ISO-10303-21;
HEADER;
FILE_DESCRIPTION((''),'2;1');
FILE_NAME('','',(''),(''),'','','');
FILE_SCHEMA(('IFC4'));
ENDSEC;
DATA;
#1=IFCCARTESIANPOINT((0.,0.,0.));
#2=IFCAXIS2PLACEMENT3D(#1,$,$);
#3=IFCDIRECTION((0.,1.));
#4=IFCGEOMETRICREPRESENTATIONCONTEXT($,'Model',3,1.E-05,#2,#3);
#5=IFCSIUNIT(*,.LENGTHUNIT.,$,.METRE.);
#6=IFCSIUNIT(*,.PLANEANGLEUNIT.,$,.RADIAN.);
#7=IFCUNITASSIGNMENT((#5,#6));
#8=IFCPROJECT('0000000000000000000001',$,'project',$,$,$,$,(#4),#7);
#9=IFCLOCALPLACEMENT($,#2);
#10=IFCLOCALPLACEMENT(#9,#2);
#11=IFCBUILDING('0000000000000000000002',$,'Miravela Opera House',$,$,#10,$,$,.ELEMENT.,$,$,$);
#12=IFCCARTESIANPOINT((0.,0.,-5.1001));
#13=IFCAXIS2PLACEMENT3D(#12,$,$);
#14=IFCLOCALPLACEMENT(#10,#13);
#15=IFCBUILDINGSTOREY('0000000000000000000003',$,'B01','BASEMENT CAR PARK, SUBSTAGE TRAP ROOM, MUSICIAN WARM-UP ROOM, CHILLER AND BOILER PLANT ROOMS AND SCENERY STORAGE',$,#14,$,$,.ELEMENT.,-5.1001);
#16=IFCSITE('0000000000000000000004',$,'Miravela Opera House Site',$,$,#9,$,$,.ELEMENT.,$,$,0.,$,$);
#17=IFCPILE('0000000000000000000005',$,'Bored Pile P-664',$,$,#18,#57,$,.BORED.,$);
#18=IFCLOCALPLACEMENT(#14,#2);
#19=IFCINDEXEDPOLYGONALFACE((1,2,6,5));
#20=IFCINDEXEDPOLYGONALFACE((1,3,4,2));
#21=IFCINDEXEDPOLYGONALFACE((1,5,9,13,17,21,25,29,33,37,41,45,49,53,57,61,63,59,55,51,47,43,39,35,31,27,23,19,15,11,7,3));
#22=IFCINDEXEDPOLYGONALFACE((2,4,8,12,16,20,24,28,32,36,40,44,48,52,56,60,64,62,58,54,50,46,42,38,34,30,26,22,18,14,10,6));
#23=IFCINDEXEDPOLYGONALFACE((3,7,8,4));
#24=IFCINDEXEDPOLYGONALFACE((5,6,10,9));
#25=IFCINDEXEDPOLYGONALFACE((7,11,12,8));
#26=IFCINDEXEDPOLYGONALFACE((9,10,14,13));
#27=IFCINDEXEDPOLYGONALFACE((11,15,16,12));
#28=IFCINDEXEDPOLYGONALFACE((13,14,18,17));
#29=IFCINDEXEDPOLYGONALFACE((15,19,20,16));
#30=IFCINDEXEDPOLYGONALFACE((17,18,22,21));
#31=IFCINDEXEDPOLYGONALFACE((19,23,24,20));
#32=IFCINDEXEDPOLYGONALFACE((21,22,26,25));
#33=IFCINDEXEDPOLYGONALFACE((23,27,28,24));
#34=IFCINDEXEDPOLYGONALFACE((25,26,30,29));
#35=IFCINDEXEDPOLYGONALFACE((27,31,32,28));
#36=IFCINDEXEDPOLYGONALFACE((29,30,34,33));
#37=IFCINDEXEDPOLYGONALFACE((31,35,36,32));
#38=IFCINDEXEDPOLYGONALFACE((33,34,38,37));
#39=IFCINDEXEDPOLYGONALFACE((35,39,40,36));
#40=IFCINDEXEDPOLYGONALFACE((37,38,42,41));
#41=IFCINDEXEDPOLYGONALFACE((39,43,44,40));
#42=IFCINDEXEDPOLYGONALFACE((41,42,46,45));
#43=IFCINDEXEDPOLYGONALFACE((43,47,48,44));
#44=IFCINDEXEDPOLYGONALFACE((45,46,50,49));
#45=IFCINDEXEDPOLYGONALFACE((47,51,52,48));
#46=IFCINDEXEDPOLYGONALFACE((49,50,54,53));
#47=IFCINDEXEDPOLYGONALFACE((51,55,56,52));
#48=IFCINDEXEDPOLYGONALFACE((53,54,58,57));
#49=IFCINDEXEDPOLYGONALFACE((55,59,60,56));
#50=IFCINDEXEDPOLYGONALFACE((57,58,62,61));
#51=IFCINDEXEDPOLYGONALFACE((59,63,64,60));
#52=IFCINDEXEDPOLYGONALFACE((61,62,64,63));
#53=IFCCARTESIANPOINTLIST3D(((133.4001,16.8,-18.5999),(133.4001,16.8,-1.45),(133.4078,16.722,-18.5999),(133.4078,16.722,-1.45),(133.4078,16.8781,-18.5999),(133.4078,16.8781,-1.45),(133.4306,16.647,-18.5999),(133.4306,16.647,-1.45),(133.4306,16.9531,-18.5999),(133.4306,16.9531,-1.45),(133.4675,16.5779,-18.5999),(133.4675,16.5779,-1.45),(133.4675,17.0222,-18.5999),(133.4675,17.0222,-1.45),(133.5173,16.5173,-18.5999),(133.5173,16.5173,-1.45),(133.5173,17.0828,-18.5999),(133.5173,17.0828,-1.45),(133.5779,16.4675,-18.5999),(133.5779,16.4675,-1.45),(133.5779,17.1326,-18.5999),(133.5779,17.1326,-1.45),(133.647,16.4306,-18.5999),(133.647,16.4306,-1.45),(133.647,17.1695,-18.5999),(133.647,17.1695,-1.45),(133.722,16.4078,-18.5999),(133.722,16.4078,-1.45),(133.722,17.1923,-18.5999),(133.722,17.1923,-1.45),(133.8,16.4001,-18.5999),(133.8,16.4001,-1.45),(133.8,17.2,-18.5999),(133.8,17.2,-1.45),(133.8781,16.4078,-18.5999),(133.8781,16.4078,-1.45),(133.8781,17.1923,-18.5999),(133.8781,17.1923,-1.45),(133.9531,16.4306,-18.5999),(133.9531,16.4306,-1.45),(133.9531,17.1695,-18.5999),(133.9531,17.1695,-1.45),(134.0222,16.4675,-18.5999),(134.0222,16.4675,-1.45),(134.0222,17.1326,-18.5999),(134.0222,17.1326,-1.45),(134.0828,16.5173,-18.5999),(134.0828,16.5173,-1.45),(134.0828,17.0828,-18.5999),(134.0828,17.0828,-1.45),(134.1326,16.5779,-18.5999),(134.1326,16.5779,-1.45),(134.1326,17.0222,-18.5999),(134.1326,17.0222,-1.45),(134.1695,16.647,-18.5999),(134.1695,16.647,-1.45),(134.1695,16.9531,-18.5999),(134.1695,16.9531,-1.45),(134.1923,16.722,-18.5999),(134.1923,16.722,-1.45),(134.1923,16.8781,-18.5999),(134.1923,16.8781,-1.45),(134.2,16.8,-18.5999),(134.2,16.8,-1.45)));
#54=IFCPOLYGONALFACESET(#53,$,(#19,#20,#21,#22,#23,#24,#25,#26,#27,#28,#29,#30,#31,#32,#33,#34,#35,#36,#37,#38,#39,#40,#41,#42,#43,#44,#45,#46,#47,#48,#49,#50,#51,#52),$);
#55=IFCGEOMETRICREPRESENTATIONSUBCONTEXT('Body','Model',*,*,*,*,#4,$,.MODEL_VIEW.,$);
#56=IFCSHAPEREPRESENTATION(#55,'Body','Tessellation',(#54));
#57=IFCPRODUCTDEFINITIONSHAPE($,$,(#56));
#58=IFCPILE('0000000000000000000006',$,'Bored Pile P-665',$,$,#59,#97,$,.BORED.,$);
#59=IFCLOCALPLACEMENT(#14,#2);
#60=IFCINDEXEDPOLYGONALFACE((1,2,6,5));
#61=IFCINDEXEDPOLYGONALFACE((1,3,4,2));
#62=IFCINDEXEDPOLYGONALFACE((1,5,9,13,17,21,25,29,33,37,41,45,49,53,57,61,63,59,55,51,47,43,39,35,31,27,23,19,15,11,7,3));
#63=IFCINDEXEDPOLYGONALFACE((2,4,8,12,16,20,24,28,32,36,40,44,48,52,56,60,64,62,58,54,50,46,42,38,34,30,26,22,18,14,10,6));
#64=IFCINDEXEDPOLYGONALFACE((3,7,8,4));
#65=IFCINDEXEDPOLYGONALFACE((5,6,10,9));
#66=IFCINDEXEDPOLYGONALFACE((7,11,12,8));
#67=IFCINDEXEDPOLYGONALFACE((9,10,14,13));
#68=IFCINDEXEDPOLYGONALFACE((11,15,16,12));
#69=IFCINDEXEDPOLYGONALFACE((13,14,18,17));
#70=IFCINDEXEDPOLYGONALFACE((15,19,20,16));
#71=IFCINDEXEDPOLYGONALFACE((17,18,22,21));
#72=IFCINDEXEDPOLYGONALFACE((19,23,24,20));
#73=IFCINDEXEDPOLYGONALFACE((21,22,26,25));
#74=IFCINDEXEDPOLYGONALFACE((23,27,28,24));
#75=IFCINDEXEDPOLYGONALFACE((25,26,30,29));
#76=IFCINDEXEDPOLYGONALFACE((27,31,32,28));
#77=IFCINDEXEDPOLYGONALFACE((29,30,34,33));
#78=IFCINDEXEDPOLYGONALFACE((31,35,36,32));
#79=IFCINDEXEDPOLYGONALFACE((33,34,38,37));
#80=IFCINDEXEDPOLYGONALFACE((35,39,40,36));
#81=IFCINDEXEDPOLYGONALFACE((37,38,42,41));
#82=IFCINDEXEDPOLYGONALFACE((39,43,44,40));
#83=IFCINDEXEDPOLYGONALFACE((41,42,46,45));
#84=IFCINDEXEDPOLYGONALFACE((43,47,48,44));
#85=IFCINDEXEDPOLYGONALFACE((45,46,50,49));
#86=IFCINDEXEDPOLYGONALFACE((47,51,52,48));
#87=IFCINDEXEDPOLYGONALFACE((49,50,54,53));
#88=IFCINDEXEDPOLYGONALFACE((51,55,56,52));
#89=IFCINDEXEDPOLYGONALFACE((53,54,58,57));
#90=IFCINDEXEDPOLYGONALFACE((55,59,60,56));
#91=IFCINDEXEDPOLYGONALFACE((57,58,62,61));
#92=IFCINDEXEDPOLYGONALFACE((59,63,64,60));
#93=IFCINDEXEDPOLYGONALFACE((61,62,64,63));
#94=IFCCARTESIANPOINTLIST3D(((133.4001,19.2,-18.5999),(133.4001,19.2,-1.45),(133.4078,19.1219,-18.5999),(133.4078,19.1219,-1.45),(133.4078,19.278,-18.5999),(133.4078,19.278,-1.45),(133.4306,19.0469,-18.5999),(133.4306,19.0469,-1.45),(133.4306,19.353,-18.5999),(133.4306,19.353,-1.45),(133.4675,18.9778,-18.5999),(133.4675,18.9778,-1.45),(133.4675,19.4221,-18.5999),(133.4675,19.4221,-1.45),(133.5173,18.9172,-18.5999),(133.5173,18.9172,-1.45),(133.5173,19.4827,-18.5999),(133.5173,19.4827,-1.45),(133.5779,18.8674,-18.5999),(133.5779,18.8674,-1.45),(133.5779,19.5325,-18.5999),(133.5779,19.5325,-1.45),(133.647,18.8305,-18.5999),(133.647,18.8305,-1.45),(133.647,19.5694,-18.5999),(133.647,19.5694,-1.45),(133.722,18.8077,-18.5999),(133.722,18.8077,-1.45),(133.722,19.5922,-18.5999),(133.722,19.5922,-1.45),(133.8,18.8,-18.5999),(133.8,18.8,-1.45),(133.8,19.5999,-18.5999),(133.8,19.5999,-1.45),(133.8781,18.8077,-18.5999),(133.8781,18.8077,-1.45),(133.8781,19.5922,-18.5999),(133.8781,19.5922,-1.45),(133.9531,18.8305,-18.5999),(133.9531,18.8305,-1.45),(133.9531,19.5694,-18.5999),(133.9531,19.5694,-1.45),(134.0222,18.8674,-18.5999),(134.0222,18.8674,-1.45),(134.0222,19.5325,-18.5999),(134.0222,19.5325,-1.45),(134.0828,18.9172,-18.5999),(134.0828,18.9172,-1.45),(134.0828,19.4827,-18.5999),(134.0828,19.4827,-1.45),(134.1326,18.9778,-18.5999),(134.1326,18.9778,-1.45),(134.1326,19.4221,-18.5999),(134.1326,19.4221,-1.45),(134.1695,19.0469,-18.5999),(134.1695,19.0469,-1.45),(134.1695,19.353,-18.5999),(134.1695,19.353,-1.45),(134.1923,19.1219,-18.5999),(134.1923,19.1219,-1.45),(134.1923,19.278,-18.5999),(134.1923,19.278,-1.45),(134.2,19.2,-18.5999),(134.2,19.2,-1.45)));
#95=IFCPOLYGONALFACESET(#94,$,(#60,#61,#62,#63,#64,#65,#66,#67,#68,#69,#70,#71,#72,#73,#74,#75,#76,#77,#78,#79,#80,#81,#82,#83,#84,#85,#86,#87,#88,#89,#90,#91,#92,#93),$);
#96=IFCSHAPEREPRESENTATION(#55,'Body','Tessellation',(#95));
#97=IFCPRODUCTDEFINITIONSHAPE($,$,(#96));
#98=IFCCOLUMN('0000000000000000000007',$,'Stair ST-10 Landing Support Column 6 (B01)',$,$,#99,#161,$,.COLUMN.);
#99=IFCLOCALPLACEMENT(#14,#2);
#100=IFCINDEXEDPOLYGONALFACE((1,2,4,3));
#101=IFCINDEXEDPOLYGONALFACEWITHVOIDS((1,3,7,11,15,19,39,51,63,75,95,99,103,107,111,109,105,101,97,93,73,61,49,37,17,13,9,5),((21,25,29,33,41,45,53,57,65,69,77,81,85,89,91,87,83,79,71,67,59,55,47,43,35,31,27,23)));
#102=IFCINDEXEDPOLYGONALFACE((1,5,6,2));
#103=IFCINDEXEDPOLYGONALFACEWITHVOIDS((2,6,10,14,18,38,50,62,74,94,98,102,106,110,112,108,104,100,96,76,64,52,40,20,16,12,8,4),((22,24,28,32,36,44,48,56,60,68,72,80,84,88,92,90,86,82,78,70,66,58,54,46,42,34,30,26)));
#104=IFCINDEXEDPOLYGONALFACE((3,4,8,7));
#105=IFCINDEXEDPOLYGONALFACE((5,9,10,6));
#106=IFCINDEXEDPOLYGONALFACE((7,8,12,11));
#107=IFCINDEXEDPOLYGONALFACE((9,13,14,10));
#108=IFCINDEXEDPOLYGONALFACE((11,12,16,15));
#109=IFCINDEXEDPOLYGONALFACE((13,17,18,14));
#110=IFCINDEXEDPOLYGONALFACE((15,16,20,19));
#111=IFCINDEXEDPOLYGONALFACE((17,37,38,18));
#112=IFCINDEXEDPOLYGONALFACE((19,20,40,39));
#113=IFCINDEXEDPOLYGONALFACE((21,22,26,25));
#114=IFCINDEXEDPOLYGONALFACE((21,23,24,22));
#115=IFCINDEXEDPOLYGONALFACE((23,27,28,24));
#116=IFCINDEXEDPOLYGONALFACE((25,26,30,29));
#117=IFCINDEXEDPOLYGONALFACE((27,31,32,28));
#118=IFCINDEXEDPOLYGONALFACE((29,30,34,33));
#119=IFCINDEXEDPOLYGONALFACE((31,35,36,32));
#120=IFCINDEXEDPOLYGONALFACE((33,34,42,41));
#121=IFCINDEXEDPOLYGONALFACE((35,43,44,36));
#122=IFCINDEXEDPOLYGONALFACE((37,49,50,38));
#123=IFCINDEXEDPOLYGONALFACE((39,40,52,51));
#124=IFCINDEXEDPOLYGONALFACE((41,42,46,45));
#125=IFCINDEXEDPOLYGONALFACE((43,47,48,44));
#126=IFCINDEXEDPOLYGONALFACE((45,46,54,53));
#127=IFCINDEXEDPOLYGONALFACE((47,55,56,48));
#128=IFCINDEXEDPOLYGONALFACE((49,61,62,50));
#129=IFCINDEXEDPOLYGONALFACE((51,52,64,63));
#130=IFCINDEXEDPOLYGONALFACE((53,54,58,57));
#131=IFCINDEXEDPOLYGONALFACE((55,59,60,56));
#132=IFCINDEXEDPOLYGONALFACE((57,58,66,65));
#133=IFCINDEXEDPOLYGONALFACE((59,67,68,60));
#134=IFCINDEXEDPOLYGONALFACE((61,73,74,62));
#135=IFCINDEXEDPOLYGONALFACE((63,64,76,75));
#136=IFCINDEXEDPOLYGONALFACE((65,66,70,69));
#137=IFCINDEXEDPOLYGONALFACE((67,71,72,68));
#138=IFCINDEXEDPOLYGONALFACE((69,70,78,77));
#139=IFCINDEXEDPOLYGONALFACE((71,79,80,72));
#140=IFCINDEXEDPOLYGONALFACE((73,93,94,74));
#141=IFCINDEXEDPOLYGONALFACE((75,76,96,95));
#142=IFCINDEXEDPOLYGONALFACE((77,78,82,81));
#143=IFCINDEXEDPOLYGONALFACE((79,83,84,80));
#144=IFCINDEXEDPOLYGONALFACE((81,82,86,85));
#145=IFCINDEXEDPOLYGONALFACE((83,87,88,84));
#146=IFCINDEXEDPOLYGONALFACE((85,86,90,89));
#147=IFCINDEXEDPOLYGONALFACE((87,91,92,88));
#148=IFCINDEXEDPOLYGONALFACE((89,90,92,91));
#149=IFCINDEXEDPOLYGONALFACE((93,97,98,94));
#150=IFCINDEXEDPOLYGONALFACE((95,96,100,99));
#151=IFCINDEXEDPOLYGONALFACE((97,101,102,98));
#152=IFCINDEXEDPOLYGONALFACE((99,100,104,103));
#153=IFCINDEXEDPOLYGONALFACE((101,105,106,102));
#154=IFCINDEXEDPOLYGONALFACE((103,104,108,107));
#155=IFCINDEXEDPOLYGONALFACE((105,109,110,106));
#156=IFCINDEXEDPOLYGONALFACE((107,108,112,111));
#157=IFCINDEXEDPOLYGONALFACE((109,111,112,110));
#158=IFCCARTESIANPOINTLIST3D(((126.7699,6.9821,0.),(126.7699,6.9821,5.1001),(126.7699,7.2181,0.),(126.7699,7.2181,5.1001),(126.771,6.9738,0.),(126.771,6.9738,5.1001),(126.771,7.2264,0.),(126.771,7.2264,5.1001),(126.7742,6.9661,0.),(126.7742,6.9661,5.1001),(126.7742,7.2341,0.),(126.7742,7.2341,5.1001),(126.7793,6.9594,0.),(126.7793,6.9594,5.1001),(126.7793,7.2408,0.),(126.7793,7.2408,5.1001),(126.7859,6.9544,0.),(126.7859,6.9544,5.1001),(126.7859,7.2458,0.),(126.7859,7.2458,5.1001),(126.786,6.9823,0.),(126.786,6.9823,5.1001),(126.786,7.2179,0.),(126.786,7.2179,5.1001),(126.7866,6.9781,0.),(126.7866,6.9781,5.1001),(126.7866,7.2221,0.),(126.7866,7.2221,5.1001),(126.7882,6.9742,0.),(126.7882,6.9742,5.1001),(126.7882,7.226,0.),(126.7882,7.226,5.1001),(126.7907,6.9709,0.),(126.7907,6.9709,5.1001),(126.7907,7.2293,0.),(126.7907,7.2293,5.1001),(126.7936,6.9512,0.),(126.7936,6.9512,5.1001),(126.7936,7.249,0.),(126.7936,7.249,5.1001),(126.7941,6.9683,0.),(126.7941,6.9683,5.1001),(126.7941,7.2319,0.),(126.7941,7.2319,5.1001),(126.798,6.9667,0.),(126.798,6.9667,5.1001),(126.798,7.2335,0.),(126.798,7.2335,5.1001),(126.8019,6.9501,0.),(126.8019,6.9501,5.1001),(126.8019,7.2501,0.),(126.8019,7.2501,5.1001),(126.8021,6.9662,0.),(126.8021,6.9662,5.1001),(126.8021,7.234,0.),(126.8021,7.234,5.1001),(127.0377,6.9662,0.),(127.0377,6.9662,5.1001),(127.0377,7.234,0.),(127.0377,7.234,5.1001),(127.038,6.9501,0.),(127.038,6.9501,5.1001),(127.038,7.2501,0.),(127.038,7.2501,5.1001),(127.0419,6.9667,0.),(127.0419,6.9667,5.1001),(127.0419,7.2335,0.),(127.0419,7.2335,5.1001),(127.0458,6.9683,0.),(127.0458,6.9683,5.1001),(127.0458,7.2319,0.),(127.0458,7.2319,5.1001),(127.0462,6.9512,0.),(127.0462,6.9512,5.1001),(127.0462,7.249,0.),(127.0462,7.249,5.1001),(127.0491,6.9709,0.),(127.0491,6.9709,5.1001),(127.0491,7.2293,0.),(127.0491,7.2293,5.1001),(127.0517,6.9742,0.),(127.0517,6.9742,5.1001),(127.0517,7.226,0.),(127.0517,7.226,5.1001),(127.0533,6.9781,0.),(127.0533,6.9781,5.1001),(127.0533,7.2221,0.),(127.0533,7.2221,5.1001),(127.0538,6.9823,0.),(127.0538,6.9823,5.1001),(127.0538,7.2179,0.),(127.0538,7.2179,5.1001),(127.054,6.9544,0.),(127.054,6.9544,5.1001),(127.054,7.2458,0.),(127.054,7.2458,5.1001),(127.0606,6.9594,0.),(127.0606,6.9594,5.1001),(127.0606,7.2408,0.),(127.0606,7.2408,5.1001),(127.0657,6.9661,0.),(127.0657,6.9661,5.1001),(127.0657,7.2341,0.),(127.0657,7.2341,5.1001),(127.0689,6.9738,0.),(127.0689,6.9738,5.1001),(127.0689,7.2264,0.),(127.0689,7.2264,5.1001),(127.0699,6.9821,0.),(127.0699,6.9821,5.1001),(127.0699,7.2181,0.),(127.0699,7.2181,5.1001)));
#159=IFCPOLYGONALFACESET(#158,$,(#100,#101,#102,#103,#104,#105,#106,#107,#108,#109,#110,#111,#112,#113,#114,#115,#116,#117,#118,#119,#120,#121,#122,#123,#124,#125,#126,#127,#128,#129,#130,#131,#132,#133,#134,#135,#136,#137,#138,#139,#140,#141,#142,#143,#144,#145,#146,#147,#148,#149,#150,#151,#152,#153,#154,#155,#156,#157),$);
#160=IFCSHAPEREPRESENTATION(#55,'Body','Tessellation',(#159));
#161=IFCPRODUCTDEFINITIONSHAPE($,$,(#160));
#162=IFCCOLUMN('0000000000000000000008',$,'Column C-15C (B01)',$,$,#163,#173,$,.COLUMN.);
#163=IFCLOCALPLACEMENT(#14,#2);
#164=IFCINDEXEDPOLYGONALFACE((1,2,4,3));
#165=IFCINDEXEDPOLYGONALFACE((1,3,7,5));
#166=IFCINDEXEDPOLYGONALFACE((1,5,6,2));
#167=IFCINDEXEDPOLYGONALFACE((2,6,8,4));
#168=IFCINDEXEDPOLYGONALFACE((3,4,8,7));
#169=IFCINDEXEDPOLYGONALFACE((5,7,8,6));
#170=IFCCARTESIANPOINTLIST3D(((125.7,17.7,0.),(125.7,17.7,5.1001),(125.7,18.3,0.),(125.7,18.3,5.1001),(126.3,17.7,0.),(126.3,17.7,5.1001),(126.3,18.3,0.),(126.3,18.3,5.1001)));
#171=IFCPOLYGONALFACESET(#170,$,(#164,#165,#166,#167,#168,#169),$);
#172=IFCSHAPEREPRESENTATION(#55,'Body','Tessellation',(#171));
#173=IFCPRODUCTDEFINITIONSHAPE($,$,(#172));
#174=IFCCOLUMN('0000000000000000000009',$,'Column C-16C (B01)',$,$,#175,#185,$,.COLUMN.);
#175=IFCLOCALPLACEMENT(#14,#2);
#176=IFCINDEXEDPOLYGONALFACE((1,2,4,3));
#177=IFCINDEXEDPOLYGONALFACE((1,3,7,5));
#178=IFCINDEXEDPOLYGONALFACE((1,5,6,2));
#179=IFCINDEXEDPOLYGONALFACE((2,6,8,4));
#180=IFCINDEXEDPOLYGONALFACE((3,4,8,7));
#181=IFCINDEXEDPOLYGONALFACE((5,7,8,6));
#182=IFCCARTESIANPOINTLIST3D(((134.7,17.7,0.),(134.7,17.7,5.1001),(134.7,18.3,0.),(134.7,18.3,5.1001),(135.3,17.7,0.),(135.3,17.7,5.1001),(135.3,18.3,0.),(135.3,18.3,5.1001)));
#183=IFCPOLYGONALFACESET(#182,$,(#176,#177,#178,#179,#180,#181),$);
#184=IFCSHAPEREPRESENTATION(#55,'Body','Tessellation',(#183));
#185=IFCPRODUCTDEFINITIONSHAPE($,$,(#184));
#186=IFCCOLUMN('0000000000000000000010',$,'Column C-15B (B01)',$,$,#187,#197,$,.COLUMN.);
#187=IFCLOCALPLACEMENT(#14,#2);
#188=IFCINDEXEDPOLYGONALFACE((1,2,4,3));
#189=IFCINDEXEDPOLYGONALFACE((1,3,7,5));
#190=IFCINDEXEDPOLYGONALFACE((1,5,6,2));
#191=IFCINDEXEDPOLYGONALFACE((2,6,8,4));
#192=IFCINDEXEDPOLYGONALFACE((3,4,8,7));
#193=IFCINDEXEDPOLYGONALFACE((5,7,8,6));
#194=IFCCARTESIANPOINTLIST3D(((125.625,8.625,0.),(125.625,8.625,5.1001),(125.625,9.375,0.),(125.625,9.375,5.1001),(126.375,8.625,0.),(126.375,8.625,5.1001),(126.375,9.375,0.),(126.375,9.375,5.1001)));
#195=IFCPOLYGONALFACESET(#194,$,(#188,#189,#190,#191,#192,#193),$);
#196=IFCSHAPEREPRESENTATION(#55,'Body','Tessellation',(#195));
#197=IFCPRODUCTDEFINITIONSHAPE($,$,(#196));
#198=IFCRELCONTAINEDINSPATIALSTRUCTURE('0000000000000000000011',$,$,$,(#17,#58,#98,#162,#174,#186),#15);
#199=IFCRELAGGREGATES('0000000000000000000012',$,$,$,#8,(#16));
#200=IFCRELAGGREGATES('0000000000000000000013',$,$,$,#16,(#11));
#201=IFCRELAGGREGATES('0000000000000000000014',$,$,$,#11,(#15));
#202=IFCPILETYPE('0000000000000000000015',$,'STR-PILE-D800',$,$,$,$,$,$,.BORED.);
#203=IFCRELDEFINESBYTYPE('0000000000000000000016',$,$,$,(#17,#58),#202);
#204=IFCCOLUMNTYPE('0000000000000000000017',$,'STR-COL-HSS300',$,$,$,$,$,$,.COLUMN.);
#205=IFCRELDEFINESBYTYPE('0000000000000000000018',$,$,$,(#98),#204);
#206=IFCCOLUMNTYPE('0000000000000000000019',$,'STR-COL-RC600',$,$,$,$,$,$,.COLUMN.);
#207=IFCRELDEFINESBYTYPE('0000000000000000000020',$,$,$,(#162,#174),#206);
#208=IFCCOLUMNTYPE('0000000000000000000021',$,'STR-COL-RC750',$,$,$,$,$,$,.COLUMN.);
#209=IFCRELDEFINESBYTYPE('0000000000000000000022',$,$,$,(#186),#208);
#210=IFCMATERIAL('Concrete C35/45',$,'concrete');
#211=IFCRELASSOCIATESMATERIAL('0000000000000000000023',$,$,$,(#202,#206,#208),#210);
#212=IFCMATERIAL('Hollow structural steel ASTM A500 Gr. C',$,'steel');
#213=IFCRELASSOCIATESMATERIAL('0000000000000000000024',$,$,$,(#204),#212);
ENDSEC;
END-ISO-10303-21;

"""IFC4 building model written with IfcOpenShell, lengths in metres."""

from ifc_helpers import new_model, si_unit, direction, frame, origin, origin_2d, place, context, subcontext, project, spatial, rectangle, hollow_rectangle, circle, extrude, material, material_profile, profile_set, type_object, element, save


model = new_model("IFC4")

# Units and contexts
model_context = context("Model", 3, precision=1e-05, world=origin(), true_north=direction((0.0, 1.0)))
body_context = subcontext(model_context, "Body", "Model", "MODEL_VIEW")
ifc_project = project(units=[si_unit("LENGTHUNIT", "METRE"), si_unit("PLANEANGLEUNIT", "RADIAN")], contexts=[model_context])

# Site, building, storey
site_placement = place(None, origin())
site = spatial("IfcSite", under=ifc_project, at=site_placement, Name="Miravela Opera House Site", CompositionType="ELEMENT", RefElevation=0.0)
building_placement = place(site_placement, origin())
building = spatial("IfcBuilding", under=site, at=building_placement, Name="Miravela Opera House", CompositionType="ELEMENT")
storey_placement = place(building_placement, frame((0.0, 0.0, -5.1001)))
storey = spatial("IfcBuildingStorey", under=building, at=storey_placement, Name="B01", Description="BASEMENT CAR PARK, SUBSTAGE TRAP ROOM, MUSICIAN WARM-UP ROOM, CHILLER AND BOILER PLANT ROOMS AND SCENERY STORAGE", CompositionType="ELEMENT", Elevation=-5.1001)

# Shared definitions
ifc_material_1 = material(Name="Concrete C35/45", Category="concrete")

# Piles
ifc_material_profile_1 = material_profile(ifc_material_1, circle(Radius=0.3999, at=origin_2d()), Name="PILE-D800")
ifc_profile_set_1 = profile_set([ifc_material_profile_1])
pile_type_1 = type_object("IfcPileType", Name="STR-PILE-D800", PredefinedType="BORED", material=ifc_profile_set_1)
for number, where, z_axis, x_axis, name in (
    (1, (133.8, 16.8, -1.45), (0.0, 0.0, -1.0), (1.0, 0.0, 0.0), "Bored Pile P-664"),
    (2, (133.8, 19.2, -1.45), (0.0, 0.0, -1.0), (1.0, 0.0, 0.0), "Bored Pile P-665"),
):
    element("IfcPile", number, at=place(storey_placement, frame(where, z_axis=z_axis, x_axis=x_axis)), inside=storey, type_object=pile_type_1, Name=name, PredefinedType="BORED", context=body_context, shape_type="SweptSolid", body=[
        extrude(circle(Radius=0.3999, at=origin_2d()), origin(), (0.0, 0.0, 1.0), 17.1499),
    ])

# Columns
ifc_material_2 = material(Name="Hollow structural steel ASTM A500 Gr. C", Category="steel")
ifc_material_profile_2 = material_profile(ifc_material_2, hollow_rectangle(XDim=0.3, YDim=0.3, WallThickness=0.0161, InnerFilletRadius=0.0161, OuterFilletRadius=0.032, at=origin_2d()), Name="HSS300X300X16")
ifc_profile_set_2 = profile_set([ifc_material_profile_2])
column_type_1 = type_object("IfcColumnType", Name="STR-COL-HSS300", PredefinedType="COLUMN", material=ifc_profile_set_2)
column_placement = place(storey_placement, frame((126.9199, 7.1001, 0.0), z_axis=(0.0, 0.0, 1.0), x_axis=(1.0, 0.0, 0.0)))
element("IfcColumn", 3, at=column_placement, inside=storey, type_object=column_type_1, Name="Stair ST-10 Landing Support Column 6 (B01)", PredefinedType="COLUMN", context=body_context, shape_type="SweptSolid", body=[
    extrude(hollow_rectangle(XDim=0.3, YDim=0.3, WallThickness=0.0161, InnerFilletRadius=0.0161, OuterFilletRadius=0.032, at=origin_2d()), origin(), (0.0, 0.0, 1.0), 5.1001),
])
ifc_material_profile_3 = material_profile(ifc_material_1, rectangle(XDim=0.6001, YDim=0.6001, at=origin_2d()), Name="RC-COL-600X600")
ifc_profile_set_3 = profile_set([ifc_material_profile_3])
column_type_2 = type_object("IfcColumnType", Name="STR-COL-RC600", PredefinedType="COLUMN", material=ifc_profile_set_3)
for number, where, z_axis, x_axis, name in (
    (4, (126.0, 18.0, 0.0), (0.0, 0.0, 1.0), (1.0, 0.0, 0.0), "Column C-15C (B01)"),
    (5, (135.0, 18.0, 0.0), (0.0, 0.0, 1.0), (1.0, 0.0, 0.0), "Column C-16C (B01)"),
):
    element("IfcColumn", number, at=place(storey_placement, frame(where, z_axis=z_axis, x_axis=x_axis)), inside=storey, type_object=column_type_2, Name=name, PredefinedType="COLUMN", context=body_context, shape_type="SweptSolid", body=[
        extrude(rectangle(XDim=0.6001, YDim=0.6001, at=origin_2d()), origin(), (0.0, 0.0, 1.0), 5.1001),
    ])
ifc_material_profile_4 = material_profile(ifc_material_1, rectangle(XDim=0.75, YDim=0.75, at=origin_2d()), Name="RC-COL-750X750")
ifc_profile_set_4 = profile_set([ifc_material_profile_4])
column_type_3 = type_object("IfcColumnType", Name="STR-COL-RC750", PredefinedType="COLUMN", material=ifc_profile_set_4)
for number, where, z_axis, x_axis, name in (
    (6, (126.0, 9.0, 0.0), (0.0, 0.0, 1.0), (1.0, 0.0, 0.0), "Column C-15B (B01)"),
):
    element("IfcColumn", number, at=place(storey_placement, frame(where, z_axis=z_axis, x_axis=x_axis)), inside=storey, type_object=column_type_3, Name=name, PredefinedType="COLUMN", context=body_context, shape_type="SweptSolid", body=[
        extrude(rectangle(XDim=0.75, YDim=0.75, at=origin_2d()), origin(), (0.0, 0.0, 1.0), 5.1001),
    ])

save(model, "model.ifc")
